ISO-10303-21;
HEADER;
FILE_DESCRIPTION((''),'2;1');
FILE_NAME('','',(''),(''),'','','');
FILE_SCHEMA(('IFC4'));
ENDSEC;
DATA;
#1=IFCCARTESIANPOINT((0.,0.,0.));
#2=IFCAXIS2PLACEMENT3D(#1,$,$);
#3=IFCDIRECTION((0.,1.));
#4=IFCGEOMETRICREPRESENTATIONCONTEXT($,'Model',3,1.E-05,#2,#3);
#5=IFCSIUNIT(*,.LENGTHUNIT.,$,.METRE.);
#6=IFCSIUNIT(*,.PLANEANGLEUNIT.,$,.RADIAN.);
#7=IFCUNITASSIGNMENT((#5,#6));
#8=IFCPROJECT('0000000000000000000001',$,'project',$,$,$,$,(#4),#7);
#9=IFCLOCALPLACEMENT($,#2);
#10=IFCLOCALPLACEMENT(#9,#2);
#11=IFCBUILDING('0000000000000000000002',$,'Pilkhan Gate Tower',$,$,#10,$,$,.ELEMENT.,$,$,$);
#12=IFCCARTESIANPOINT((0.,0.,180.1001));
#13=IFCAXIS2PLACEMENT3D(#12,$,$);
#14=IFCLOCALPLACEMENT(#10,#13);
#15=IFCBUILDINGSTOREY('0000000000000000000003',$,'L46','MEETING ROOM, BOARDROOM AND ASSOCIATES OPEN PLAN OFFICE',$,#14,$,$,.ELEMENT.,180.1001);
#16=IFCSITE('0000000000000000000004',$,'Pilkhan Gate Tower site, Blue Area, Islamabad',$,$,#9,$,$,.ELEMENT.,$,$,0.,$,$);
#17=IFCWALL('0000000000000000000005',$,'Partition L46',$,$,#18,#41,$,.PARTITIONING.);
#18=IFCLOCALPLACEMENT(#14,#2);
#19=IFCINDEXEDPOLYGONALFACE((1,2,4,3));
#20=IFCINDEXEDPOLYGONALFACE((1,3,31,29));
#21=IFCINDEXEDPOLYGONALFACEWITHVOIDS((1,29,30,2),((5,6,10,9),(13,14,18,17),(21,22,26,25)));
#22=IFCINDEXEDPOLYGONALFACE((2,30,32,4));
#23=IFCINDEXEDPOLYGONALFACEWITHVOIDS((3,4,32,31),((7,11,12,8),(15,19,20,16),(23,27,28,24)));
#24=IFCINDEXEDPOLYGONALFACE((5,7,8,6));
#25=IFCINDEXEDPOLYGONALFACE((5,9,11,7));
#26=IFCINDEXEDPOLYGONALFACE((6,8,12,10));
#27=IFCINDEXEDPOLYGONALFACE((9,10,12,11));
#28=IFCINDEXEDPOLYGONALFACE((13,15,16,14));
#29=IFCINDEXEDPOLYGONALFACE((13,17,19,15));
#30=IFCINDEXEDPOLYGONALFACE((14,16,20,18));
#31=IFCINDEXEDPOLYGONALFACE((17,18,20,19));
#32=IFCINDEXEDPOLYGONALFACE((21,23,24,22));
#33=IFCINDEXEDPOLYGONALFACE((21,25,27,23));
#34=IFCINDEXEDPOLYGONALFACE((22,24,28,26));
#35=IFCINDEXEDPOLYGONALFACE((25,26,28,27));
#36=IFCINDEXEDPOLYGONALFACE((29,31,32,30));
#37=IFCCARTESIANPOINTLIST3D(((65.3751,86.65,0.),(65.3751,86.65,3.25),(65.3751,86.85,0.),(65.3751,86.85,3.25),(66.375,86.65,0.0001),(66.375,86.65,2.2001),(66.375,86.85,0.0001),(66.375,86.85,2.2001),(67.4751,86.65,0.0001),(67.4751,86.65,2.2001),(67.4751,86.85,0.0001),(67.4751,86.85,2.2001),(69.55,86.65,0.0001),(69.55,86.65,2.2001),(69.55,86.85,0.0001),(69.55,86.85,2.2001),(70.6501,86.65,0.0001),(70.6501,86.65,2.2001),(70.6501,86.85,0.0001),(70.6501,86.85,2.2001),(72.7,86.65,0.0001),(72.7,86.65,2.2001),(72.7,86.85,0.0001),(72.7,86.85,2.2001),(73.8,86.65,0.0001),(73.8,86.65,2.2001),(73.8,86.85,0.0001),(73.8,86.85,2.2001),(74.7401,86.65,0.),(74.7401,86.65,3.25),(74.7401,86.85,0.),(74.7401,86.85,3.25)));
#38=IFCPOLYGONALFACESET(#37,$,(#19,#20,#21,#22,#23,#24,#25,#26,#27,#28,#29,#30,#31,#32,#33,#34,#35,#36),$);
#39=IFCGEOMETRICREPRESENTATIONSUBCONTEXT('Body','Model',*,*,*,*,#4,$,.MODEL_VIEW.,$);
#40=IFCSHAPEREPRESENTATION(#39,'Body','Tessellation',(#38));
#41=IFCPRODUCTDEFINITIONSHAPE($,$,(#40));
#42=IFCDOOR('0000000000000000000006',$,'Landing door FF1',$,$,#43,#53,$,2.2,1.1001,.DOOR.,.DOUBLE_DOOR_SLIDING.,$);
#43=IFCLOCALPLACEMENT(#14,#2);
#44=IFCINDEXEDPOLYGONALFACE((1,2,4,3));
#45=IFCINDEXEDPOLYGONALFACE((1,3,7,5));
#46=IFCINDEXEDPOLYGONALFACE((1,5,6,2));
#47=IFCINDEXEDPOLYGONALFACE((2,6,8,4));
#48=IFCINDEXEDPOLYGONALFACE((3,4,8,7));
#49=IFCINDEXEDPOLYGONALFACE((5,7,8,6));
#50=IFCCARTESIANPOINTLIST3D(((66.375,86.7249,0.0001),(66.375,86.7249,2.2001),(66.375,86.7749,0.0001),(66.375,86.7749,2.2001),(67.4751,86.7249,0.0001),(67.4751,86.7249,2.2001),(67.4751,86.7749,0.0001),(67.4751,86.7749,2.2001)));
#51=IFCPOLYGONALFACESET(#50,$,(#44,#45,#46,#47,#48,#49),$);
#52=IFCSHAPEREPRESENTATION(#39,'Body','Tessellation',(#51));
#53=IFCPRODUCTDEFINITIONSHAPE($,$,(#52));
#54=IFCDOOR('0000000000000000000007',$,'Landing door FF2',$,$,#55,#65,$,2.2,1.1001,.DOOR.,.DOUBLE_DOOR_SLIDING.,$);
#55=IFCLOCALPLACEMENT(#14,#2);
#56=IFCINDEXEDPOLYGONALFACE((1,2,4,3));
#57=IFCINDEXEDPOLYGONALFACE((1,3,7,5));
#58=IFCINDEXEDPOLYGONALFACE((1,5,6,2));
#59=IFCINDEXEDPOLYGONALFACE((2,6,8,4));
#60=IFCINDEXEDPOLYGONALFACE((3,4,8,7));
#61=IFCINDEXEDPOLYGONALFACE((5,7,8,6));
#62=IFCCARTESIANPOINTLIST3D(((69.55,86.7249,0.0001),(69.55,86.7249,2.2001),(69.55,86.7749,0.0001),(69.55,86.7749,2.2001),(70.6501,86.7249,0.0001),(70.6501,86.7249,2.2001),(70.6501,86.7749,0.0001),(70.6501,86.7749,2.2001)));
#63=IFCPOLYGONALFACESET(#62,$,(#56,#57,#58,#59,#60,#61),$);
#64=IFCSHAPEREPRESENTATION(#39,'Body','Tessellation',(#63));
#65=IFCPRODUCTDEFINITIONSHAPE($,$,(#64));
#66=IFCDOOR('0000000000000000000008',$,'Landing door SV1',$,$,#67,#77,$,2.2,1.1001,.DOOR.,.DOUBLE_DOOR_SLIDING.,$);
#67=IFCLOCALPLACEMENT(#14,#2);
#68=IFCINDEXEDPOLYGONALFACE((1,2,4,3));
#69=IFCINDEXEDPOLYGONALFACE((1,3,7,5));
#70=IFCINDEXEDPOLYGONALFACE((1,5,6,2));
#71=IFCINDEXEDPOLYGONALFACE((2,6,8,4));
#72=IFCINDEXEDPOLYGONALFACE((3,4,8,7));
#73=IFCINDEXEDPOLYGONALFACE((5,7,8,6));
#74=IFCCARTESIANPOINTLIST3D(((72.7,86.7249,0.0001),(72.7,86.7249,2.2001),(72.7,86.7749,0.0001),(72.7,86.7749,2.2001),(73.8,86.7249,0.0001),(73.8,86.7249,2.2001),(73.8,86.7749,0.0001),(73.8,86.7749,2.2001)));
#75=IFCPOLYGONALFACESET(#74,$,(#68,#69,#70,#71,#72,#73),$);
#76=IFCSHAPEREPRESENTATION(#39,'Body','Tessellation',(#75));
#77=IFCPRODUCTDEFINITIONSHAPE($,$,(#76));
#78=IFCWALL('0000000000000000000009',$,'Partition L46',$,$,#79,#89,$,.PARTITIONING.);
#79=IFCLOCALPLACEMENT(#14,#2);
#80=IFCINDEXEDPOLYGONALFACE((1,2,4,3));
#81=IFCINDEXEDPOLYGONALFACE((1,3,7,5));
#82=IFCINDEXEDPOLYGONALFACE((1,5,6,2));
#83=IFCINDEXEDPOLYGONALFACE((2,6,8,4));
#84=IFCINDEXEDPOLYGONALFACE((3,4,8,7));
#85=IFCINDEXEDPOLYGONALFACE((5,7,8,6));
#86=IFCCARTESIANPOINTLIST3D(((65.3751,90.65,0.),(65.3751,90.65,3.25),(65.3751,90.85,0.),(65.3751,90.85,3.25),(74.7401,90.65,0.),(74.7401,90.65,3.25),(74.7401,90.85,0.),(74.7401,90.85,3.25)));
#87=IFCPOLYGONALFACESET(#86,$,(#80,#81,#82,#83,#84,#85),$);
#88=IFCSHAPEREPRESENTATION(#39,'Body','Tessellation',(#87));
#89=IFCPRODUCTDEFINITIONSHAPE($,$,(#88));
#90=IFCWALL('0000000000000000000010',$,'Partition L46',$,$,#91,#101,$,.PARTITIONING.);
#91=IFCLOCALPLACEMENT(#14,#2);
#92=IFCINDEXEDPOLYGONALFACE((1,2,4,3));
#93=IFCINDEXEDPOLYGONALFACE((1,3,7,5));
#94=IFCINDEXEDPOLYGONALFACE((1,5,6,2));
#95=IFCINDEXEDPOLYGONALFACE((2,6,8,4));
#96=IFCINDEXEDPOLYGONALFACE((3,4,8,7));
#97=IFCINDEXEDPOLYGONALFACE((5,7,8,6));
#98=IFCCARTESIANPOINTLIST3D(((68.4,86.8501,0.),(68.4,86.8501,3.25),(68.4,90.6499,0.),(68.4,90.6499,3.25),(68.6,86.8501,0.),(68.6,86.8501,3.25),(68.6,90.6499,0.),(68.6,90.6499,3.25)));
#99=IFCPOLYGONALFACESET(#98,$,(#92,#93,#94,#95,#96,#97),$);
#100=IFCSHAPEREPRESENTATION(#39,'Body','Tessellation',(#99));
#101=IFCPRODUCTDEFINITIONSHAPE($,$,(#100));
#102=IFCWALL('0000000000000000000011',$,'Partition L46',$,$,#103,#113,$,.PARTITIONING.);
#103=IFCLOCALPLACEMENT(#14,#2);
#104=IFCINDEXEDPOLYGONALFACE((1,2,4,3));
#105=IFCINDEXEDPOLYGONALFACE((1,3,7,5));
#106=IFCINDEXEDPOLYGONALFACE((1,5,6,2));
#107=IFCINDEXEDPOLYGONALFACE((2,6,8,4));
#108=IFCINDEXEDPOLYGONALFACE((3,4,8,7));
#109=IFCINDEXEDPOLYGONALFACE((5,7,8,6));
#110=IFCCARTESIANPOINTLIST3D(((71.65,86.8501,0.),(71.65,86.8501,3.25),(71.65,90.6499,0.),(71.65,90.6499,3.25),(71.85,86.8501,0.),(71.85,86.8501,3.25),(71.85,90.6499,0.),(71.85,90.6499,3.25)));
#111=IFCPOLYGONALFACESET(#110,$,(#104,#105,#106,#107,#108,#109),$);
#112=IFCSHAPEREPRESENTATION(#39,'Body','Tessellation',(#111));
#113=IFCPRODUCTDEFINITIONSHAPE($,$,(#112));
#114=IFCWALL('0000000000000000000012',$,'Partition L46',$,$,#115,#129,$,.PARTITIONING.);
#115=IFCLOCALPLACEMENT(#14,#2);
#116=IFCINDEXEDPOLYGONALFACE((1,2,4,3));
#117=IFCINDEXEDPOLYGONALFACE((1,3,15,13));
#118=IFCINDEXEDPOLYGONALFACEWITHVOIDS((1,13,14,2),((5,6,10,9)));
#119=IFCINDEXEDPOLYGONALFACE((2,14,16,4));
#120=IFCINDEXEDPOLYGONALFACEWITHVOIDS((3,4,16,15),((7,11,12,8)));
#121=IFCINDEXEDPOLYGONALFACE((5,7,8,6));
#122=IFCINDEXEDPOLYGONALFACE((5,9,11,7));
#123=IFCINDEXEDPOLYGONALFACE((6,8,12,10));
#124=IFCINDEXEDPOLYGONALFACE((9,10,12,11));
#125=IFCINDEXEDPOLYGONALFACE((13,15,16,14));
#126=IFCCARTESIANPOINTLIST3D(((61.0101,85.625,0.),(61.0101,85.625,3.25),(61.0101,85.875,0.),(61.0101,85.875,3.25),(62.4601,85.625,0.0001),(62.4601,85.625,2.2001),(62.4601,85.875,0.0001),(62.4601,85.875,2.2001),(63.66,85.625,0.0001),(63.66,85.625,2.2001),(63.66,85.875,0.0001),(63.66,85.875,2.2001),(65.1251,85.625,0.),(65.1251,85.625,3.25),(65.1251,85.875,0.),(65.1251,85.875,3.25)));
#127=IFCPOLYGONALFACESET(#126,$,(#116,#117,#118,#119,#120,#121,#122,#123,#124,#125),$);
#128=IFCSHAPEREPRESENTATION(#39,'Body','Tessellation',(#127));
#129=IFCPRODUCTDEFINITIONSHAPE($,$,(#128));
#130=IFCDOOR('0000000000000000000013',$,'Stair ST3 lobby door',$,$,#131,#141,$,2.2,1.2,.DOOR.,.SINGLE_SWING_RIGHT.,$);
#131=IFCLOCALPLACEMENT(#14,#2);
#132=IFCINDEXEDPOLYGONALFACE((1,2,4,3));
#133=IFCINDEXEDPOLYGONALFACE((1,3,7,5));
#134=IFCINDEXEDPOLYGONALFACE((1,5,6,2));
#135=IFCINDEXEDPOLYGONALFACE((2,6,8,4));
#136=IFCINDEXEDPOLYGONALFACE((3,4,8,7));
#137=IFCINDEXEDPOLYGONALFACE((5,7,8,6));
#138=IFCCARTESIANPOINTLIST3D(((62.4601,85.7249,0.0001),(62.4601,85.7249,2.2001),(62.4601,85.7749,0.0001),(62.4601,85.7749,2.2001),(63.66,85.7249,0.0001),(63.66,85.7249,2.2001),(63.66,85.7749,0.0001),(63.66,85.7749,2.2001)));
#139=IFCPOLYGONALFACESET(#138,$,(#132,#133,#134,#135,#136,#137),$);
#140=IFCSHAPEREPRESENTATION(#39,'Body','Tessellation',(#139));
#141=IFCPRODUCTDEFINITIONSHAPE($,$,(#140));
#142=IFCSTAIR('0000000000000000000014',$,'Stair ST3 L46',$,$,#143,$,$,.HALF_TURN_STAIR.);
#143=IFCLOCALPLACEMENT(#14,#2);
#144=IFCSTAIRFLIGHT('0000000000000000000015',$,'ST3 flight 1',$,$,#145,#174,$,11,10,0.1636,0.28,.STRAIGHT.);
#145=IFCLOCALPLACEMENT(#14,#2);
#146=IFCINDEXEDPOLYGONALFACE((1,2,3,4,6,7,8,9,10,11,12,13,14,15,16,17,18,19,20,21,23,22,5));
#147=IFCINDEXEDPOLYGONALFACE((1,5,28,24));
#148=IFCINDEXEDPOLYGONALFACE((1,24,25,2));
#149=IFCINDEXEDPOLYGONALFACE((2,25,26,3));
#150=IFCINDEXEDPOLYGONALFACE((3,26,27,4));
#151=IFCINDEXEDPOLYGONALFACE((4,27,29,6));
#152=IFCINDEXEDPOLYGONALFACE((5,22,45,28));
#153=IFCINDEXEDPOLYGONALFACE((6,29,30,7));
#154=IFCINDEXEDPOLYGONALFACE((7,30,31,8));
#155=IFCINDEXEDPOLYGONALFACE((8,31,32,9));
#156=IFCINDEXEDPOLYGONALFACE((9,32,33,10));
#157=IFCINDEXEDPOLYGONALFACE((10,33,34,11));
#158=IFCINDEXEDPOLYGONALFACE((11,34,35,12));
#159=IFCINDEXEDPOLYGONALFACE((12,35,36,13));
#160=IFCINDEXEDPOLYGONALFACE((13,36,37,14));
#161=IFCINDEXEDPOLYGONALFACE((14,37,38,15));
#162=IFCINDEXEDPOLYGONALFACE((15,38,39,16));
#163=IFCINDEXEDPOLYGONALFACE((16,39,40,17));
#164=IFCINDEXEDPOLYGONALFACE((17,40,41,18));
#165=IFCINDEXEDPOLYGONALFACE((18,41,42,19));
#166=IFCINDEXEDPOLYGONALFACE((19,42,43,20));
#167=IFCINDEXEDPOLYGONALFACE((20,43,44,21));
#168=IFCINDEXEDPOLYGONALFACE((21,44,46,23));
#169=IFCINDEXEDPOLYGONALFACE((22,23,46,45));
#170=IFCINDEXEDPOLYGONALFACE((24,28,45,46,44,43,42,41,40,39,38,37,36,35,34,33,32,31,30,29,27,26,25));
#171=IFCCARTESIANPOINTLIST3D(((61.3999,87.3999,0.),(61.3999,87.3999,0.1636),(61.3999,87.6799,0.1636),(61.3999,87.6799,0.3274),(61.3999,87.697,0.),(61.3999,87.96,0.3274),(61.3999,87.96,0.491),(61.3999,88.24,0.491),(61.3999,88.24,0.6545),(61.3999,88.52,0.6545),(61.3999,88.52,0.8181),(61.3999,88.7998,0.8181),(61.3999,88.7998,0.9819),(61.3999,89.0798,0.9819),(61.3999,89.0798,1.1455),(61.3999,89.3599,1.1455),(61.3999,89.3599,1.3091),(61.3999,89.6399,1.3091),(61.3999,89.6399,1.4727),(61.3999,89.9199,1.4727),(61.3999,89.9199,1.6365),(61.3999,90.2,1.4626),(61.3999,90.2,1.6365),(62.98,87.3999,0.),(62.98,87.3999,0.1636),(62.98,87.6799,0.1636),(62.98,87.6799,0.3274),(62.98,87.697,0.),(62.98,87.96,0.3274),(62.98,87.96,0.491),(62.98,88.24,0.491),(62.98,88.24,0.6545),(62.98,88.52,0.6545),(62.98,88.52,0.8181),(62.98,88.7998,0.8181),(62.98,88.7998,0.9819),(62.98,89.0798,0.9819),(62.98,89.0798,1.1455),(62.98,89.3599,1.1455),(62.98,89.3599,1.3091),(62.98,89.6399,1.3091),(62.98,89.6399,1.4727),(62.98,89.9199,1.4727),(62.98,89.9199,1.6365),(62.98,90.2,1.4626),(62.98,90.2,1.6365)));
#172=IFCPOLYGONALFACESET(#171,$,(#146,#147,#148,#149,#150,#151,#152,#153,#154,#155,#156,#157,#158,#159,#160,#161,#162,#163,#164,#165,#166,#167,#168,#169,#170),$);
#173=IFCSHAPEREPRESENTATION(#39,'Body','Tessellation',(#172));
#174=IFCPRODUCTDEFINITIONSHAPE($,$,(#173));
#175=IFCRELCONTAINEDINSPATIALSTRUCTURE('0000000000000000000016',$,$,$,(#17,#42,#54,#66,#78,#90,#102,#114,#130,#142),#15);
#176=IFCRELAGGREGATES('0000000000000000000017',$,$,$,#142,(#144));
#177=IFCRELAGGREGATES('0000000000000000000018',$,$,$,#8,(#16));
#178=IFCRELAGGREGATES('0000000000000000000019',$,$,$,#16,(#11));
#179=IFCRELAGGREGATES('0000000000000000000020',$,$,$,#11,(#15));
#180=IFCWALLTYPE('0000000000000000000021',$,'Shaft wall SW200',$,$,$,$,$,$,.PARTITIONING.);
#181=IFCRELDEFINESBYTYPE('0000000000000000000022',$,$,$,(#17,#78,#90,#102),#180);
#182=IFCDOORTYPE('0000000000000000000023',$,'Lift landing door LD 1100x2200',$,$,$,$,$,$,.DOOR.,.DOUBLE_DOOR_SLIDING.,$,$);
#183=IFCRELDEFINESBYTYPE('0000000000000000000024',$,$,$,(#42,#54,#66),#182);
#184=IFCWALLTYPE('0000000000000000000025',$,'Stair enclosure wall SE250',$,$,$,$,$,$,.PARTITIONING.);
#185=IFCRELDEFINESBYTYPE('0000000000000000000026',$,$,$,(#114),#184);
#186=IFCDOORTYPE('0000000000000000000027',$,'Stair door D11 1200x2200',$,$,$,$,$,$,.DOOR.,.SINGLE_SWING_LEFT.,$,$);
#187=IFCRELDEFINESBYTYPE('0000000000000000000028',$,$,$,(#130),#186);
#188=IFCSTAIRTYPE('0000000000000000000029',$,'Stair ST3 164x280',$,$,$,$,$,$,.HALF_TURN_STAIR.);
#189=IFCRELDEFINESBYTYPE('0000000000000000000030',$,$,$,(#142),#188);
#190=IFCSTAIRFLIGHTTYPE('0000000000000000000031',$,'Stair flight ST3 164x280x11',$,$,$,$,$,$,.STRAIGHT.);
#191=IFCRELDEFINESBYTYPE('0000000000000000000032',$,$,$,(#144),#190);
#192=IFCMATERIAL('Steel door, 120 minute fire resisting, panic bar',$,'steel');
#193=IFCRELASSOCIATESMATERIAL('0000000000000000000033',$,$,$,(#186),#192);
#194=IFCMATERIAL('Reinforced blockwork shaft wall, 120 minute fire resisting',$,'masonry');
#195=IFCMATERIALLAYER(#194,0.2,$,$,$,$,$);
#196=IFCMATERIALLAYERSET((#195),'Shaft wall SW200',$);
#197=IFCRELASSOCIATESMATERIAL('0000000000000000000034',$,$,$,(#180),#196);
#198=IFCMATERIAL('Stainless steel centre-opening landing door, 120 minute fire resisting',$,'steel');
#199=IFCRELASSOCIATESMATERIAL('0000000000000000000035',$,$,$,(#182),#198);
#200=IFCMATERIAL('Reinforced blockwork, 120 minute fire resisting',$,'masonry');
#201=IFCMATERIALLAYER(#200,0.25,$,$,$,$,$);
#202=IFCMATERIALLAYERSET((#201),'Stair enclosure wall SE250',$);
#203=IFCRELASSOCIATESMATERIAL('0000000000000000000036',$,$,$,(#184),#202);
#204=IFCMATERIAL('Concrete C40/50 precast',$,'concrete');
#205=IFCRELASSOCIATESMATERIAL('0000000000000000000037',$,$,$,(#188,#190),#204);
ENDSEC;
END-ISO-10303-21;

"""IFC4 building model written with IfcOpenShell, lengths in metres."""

from ifc_helpers import new_model, si_unit, direction, frame, frame_2d, origin, place, context, subcontext, project, spatial, polyline, rectangle, outline, extrude, material, layer, layer_set, type_object, element, fill, aggregate, save


model = new_model("IFC4")

# Units and contexts
model_context = context("Model", 3, precision=1e-05, world=origin(), true_north=direction((0.0, 1.0)))
body_context = subcontext(model_context, "Body", "Model", "MODEL_VIEW")
ifc_project = project(units=[si_unit("LENGTHUNIT", "METRE"), si_unit("PLANEANGLEUNIT", "RADIAN")], contexts=[model_context])

# Site, building, storey
site_placement = place(None, origin())
site = spatial("IfcSite", under=ifc_project, at=site_placement, Name="Pilkhan Gate Tower site, Blue Area, Islamabad", CompositionType="ELEMENT", RefElevation=0.0)
building_placement = place(site_placement, origin())
building = spatial("IfcBuilding", under=site, at=building_placement, Name="Pilkhan Gate Tower", CompositionType="ELEMENT")
storey_placement = place(building_placement, frame((0.0, 0.0, 180.1001)))
storey = spatial("IfcBuildingStorey", under=building, at=storey_placement, Name="L46", Description="MEETING ROOM, BOARDROOM AND ASSOCIATES OPEN PLAN OFFICE", CompositionType="ELEMENT", Elevation=180.1001)

# Shared definitions
ifc_material_1 = material(Name="Steel door, 120 minute fire resisting, panic bar", Category="steel")
door_type_1 = type_object("IfcDoorType", Name="Stair door D11 1200x2200", OperationType="SINGLE_SWING_LEFT", PredefinedType="DOOR", material=ifc_material_1)

# Wall, openings, doors
ifc_material_2 = material(Name="Reinforced blockwork shaft wall, 120 minute fire resisting", Category="masonry")
ifc_layer_1 = layer(ifc_material_2, 0.2)
ifc_layer_set_1 = layer_set([ifc_layer_1], Name="Shaft wall SW200")
wall_type_1 = type_object("IfcWallType", Name="Shaft wall SW200", PredefinedType="PARTITIONING", material=ifc_layer_set_1)
wall_1_placement = place(storey_placement, frame((65.375, 86.75, 0.0), z_axis=(0.0, 0.0, 1.0), x_axis=(1.0, 0.0, 0.0)))
wall_1 = element("IfcWall", 1, at=wall_1_placement, inside=storey, type_object=wall_type_1, Name="Partition L46", PredefinedType="PARTITIONING", context=body_context, shape_type="SweptSolid", body=[
    extrude(rectangle(XDim=9.365, YDim=0.2, at=frame_2d((4.6826, 0.0))), origin(), (0.0, 0.0, 1.0), 3.25),
])
opening_1_placement = place(wall_1_placement, frame((1.0, 0.0, 0.0)))
opening_1 = element("IfcOpeningElement", 2, at=opening_1_placement, cuts=wall_1, PredefinedType="OPENING", context=body_context, shape_type="SweptSolid", body=[
    extrude(rectangle(XDim=1.1001, YDim=2.2, at=frame_2d((0.55, 1.1001))), frame((0.0, 0.1099, 0.0), z_axis=(0.0, -1.0, 0.0), x_axis=(1.0, 0.0, 0.0)), (0.0, 0.0, 1.0), 0.22),
])
opening_2_placement = place(wall_1_placement, frame((4.175, 0.0, 0.0)))
opening_2 = element("IfcOpeningElement", 3, at=opening_2_placement, cuts=wall_1, PredefinedType="OPENING", context=body_context, shape_type="SweptSolid", body=[
    extrude(rectangle(XDim=1.1001, YDim=2.2, at=frame_2d((0.55, 1.1001))), frame((0.0, 0.1099, 0.0), z_axis=(0.0, -1.0, 0.0), x_axis=(1.0, 0.0, 0.0)), (0.0, 0.0, 1.0), 0.22),
])
opening_3_placement = place(wall_1_placement, frame((7.325, 0.0, 0.0)))
opening_3 = element("IfcOpeningElement", 4, at=opening_3_placement, cuts=wall_1, PredefinedType="OPENING", context=body_context, shape_type="SweptSolid", body=[
    extrude(rectangle(XDim=1.1001, YDim=2.2, at=frame_2d((0.55, 1.1001))), frame((0.0, 0.1099, 0.0), z_axis=(0.0, -1.0, 0.0), x_axis=(1.0, 0.0, 0.0)), (0.0, 0.0, 1.0), 0.22),
])
ifc_material_3 = material(Name="Stainless steel centre-opening landing door, 120 minute fire resisting", Category="steel")
door_type_2 = type_object("IfcDoorType", Name="Lift landing door LD 1100x2200", OperationType="DOUBLE_DOOR_SLIDING", PredefinedType="DOOR", material=ifc_material_3)
door_1_placement = place(opening_1_placement, origin())
door_1 = element("IfcDoor", 5, at=door_1_placement, inside=storey, type_object=door_type_2, Name="Landing door FF1", OperationType="DOUBLE_DOOR_SLIDING", OverallHeight=2.2, OverallWidth=1.1001, PredefinedType="DOOR", context=body_context, shape_type="SweptSolid", body=[
    extrude(rectangle(XDim=1.1001, YDim=2.2, at=frame_2d((0.55, 1.1001))), frame((0.0, 0.0249, 0.0), z_axis=(0.0, -1.0, 0.0), x_axis=(1.0, 0.0, 0.0)), (0.0, 0.0, 1.0), 0.05),
])
fill(opening_1, door_1)
door_2_placement = place(opening_2_placement, origin())
door_2 = element("IfcDoor", 6, at=door_2_placement, inside=storey, type_object=door_type_2, Name="Landing door FF2", OperationType="DOUBLE_DOOR_SLIDING", OverallHeight=2.2, OverallWidth=1.1001, PredefinedType="DOOR", context=body_context, shape_type="SweptSolid", body=[
    extrude(rectangle(XDim=1.1001, YDim=2.2, at=frame_2d((0.55, 1.1001))), frame((0.0, 0.0249, 0.0), z_axis=(0.0, -1.0, 0.0), x_axis=(1.0, 0.0, 0.0)), (0.0, 0.0, 1.0), 0.05),
])
fill(opening_2, door_2)
door_3_placement = place(opening_3_placement, origin())
door_3 = element("IfcDoor", 7, at=door_3_placement, inside=storey, type_object=door_type_2, Name="Landing door SV1", OperationType="DOUBLE_DOOR_SLIDING", OverallHeight=2.2, OverallWidth=1.1001, PredefinedType="DOOR", context=body_context, shape_type="SweptSolid", body=[
    extrude(rectangle(XDim=1.1001, YDim=2.2, at=frame_2d((0.55, 1.1001))), frame((0.0, 0.0249, 0.0), z_axis=(0.0, -1.0, 0.0), x_axis=(1.0, 0.0, 0.0)), (0.0, 0.0, 1.0), 0.05),
])
fill(opening_3, door_3)

# Walls
wall_2_placement = place(storey_placement, frame((65.375, 90.75, 0.0), z_axis=(0.0, 0.0, 1.0), x_axis=(1.0, 0.0, 0.0)))
element("IfcWall", 8, at=wall_2_placement, inside=storey, type_object=wall_type_1, Name="Partition L46", PredefinedType="PARTITIONING", context=body_context, shape_type="SweptSolid", body=[
    extrude(rectangle(XDim=9.365, YDim=0.2, at=frame_2d((4.6826, 0.0))), origin(), (0.0, 0.0, 1.0), 3.25),
])
for number, where, z_axis, x_axis, name in (
    (9, (68.5, 86.8501, 0.0), (0.0, 0.0, 1.0), (0.0, 1.0, 0.0), "Partition L46"),
    (10, (71.75, 86.8501, 0.0), (0.0, 0.0, 1.0), (0.0, 1.0, 0.0), "Partition L46"),
):
    element("IfcWall", number, at=place(storey_placement, frame(where, z_axis=z_axis, x_axis=x_axis)), inside=storey, type_object=wall_type_1, Name=name, PredefinedType="PARTITIONING", context=body_context, shape_type="SweptSolid", body=[
        extrude(rectangle(XDim=3.7998, YDim=0.2, at=frame_2d((1.8999, 0.0))), origin(), (0.0, 0.0, 1.0), 3.25),
    ])

# Wall, opening, door
ifc_material_4 = material(Name="Reinforced blockwork, 120 minute fire resisting", Category="masonry")
ifc_layer_2 = layer(ifc_material_4, 0.25)
ifc_layer_set_2 = layer_set([ifc_layer_2], Name="Stair enclosure wall SE250")
wall_type_2 = type_object("IfcWallType", Name="Stair enclosure wall SE250", PredefinedType="PARTITIONING", material=ifc_layer_set_2)
wall_3_placement = place(storey_placement, frame((61.01, 85.75, 0.0), z_axis=(0.0, 0.0, 1.0), x_axis=(1.0, 0.0, 0.0)))
wall_3 = element("IfcWall", 11, at=wall_3_placement, inside=storey, type_object=wall_type_2, Name="Partition L46", PredefinedType="PARTITIONING", context=body_context, shape_type="SweptSolid", body=[
    extrude(rectangle(XDim=4.115, YDim=0.25, at=frame_2d((2.0576, 0.0))), origin(), (0.0, 0.0, 1.0), 3.25),
])
opening_4_placement = place(wall_3_placement, frame((1.45, 0.0, 0.0)))
opening_4 = element("IfcOpeningElement", 12, at=opening_4_placement, cuts=wall_3, PredefinedType="OPENING", context=body_context, shape_type="SweptSolid", body=[
    extrude(rectangle(XDim=1.2, YDim=2.2, at=frame_2d((0.6001, 1.1001))), frame((0.0, 0.135, 0.0), z_axis=(0.0, -1.0, 0.0), x_axis=(1.0, 0.0, 0.0)), (0.0, 0.0, 1.0), 0.27),
])
door_4_placement = place(opening_4_placement, origin())
door_4 = element("IfcDoor", 13, at=door_4_placement, inside=storey, type_object=door_type_1, Name="Stair ST3 lobby door", OperationType="SINGLE_SWING_RIGHT", OverallHeight=2.2, OverallWidth=1.2, PredefinedType="DOOR", context=body_context, shape_type="SweptSolid", body=[
    extrude(rectangle(XDim=1.2, YDim=2.2, at=frame_2d((0.6001, 1.1001))), frame((0.0, 0.0249, 0.0), z_axis=(0.0, -1.0, 0.0), x_axis=(1.0, 0.0, 0.0)), (0.0, 0.0, 1.0), 0.05),
])
fill(opening_4, door_4)

# Stair, stair flight
ifc_material_5 = material(Name="Concrete C40/50 precast", Category="concrete")
stair_type = type_object("IfcStairType", Name="Stair ST3 164x280", PredefinedType="HALF_TURN_STAIR", material=ifc_material_5)
stair_placement = place(storey_placement, origin())
stair = element("IfcStair", 14, at=stair_placement, inside=storey, type_object=stair_type, Name="Stair ST3 L46", PredefinedType="HALF_TURN_STAIR")
stair_flight_type = type_object("IfcStairFlightType", Name="Stair flight ST3 164x280x11", PredefinedType="STRAIGHT", material=ifc_material_5)
stair_flight_1_placement = place(storey_placement, frame((62.1899, 87.3999, 0.0), z_axis=(0.0, 0.0, 1.0), x_axis=(0.0, 1.0, 0.0)))
stair_flight_1 = element("IfcStairFlight", 15, at=stair_flight_1_placement, type_object=stair_flight_type, Name="ST3 flight 1", NumberOfRisers=11, NumberOfTreads=10, PredefinedType="STRAIGHT", RiserHeight=0.1636, TreadLength=0.28, context=body_context, shape_type="SweptSolid", body=[
    extrude(outline(polyline([(0.0, 0.0), (0.0, 0.1636), (0.28, 0.1636), (0.28, 0.3274), (0.5601, 0.3274), (0.5601, 0.491), (0.8401, 0.491), (0.8401, 0.6545), (1.1201, 0.6545), (1.1201, 0.8181), (1.3999, 0.8181), (1.3999, 0.9819), (1.6799, 0.9819), (1.6799, 1.1455), (1.96, 1.1455), (1.96, 1.3091), (2.24, 1.3091), (2.24, 1.4727), (2.52, 1.4727), (2.52, 1.6365), (2.8, 1.6365), (2.8, 1.8), (2.8, 1.4626), (0.2971, 0.0), (0.0, 0.0)])), frame((0.0, 0.79, 0.0), z_axis=(0.0, -1.0, 0.0), x_axis=(1.0, 0.0, 0.0)), (0.0, 0.0, 1.0), 1.5801),
])
aggregate(stair, [stair_flight_1])

save(model, "model.ifc")
